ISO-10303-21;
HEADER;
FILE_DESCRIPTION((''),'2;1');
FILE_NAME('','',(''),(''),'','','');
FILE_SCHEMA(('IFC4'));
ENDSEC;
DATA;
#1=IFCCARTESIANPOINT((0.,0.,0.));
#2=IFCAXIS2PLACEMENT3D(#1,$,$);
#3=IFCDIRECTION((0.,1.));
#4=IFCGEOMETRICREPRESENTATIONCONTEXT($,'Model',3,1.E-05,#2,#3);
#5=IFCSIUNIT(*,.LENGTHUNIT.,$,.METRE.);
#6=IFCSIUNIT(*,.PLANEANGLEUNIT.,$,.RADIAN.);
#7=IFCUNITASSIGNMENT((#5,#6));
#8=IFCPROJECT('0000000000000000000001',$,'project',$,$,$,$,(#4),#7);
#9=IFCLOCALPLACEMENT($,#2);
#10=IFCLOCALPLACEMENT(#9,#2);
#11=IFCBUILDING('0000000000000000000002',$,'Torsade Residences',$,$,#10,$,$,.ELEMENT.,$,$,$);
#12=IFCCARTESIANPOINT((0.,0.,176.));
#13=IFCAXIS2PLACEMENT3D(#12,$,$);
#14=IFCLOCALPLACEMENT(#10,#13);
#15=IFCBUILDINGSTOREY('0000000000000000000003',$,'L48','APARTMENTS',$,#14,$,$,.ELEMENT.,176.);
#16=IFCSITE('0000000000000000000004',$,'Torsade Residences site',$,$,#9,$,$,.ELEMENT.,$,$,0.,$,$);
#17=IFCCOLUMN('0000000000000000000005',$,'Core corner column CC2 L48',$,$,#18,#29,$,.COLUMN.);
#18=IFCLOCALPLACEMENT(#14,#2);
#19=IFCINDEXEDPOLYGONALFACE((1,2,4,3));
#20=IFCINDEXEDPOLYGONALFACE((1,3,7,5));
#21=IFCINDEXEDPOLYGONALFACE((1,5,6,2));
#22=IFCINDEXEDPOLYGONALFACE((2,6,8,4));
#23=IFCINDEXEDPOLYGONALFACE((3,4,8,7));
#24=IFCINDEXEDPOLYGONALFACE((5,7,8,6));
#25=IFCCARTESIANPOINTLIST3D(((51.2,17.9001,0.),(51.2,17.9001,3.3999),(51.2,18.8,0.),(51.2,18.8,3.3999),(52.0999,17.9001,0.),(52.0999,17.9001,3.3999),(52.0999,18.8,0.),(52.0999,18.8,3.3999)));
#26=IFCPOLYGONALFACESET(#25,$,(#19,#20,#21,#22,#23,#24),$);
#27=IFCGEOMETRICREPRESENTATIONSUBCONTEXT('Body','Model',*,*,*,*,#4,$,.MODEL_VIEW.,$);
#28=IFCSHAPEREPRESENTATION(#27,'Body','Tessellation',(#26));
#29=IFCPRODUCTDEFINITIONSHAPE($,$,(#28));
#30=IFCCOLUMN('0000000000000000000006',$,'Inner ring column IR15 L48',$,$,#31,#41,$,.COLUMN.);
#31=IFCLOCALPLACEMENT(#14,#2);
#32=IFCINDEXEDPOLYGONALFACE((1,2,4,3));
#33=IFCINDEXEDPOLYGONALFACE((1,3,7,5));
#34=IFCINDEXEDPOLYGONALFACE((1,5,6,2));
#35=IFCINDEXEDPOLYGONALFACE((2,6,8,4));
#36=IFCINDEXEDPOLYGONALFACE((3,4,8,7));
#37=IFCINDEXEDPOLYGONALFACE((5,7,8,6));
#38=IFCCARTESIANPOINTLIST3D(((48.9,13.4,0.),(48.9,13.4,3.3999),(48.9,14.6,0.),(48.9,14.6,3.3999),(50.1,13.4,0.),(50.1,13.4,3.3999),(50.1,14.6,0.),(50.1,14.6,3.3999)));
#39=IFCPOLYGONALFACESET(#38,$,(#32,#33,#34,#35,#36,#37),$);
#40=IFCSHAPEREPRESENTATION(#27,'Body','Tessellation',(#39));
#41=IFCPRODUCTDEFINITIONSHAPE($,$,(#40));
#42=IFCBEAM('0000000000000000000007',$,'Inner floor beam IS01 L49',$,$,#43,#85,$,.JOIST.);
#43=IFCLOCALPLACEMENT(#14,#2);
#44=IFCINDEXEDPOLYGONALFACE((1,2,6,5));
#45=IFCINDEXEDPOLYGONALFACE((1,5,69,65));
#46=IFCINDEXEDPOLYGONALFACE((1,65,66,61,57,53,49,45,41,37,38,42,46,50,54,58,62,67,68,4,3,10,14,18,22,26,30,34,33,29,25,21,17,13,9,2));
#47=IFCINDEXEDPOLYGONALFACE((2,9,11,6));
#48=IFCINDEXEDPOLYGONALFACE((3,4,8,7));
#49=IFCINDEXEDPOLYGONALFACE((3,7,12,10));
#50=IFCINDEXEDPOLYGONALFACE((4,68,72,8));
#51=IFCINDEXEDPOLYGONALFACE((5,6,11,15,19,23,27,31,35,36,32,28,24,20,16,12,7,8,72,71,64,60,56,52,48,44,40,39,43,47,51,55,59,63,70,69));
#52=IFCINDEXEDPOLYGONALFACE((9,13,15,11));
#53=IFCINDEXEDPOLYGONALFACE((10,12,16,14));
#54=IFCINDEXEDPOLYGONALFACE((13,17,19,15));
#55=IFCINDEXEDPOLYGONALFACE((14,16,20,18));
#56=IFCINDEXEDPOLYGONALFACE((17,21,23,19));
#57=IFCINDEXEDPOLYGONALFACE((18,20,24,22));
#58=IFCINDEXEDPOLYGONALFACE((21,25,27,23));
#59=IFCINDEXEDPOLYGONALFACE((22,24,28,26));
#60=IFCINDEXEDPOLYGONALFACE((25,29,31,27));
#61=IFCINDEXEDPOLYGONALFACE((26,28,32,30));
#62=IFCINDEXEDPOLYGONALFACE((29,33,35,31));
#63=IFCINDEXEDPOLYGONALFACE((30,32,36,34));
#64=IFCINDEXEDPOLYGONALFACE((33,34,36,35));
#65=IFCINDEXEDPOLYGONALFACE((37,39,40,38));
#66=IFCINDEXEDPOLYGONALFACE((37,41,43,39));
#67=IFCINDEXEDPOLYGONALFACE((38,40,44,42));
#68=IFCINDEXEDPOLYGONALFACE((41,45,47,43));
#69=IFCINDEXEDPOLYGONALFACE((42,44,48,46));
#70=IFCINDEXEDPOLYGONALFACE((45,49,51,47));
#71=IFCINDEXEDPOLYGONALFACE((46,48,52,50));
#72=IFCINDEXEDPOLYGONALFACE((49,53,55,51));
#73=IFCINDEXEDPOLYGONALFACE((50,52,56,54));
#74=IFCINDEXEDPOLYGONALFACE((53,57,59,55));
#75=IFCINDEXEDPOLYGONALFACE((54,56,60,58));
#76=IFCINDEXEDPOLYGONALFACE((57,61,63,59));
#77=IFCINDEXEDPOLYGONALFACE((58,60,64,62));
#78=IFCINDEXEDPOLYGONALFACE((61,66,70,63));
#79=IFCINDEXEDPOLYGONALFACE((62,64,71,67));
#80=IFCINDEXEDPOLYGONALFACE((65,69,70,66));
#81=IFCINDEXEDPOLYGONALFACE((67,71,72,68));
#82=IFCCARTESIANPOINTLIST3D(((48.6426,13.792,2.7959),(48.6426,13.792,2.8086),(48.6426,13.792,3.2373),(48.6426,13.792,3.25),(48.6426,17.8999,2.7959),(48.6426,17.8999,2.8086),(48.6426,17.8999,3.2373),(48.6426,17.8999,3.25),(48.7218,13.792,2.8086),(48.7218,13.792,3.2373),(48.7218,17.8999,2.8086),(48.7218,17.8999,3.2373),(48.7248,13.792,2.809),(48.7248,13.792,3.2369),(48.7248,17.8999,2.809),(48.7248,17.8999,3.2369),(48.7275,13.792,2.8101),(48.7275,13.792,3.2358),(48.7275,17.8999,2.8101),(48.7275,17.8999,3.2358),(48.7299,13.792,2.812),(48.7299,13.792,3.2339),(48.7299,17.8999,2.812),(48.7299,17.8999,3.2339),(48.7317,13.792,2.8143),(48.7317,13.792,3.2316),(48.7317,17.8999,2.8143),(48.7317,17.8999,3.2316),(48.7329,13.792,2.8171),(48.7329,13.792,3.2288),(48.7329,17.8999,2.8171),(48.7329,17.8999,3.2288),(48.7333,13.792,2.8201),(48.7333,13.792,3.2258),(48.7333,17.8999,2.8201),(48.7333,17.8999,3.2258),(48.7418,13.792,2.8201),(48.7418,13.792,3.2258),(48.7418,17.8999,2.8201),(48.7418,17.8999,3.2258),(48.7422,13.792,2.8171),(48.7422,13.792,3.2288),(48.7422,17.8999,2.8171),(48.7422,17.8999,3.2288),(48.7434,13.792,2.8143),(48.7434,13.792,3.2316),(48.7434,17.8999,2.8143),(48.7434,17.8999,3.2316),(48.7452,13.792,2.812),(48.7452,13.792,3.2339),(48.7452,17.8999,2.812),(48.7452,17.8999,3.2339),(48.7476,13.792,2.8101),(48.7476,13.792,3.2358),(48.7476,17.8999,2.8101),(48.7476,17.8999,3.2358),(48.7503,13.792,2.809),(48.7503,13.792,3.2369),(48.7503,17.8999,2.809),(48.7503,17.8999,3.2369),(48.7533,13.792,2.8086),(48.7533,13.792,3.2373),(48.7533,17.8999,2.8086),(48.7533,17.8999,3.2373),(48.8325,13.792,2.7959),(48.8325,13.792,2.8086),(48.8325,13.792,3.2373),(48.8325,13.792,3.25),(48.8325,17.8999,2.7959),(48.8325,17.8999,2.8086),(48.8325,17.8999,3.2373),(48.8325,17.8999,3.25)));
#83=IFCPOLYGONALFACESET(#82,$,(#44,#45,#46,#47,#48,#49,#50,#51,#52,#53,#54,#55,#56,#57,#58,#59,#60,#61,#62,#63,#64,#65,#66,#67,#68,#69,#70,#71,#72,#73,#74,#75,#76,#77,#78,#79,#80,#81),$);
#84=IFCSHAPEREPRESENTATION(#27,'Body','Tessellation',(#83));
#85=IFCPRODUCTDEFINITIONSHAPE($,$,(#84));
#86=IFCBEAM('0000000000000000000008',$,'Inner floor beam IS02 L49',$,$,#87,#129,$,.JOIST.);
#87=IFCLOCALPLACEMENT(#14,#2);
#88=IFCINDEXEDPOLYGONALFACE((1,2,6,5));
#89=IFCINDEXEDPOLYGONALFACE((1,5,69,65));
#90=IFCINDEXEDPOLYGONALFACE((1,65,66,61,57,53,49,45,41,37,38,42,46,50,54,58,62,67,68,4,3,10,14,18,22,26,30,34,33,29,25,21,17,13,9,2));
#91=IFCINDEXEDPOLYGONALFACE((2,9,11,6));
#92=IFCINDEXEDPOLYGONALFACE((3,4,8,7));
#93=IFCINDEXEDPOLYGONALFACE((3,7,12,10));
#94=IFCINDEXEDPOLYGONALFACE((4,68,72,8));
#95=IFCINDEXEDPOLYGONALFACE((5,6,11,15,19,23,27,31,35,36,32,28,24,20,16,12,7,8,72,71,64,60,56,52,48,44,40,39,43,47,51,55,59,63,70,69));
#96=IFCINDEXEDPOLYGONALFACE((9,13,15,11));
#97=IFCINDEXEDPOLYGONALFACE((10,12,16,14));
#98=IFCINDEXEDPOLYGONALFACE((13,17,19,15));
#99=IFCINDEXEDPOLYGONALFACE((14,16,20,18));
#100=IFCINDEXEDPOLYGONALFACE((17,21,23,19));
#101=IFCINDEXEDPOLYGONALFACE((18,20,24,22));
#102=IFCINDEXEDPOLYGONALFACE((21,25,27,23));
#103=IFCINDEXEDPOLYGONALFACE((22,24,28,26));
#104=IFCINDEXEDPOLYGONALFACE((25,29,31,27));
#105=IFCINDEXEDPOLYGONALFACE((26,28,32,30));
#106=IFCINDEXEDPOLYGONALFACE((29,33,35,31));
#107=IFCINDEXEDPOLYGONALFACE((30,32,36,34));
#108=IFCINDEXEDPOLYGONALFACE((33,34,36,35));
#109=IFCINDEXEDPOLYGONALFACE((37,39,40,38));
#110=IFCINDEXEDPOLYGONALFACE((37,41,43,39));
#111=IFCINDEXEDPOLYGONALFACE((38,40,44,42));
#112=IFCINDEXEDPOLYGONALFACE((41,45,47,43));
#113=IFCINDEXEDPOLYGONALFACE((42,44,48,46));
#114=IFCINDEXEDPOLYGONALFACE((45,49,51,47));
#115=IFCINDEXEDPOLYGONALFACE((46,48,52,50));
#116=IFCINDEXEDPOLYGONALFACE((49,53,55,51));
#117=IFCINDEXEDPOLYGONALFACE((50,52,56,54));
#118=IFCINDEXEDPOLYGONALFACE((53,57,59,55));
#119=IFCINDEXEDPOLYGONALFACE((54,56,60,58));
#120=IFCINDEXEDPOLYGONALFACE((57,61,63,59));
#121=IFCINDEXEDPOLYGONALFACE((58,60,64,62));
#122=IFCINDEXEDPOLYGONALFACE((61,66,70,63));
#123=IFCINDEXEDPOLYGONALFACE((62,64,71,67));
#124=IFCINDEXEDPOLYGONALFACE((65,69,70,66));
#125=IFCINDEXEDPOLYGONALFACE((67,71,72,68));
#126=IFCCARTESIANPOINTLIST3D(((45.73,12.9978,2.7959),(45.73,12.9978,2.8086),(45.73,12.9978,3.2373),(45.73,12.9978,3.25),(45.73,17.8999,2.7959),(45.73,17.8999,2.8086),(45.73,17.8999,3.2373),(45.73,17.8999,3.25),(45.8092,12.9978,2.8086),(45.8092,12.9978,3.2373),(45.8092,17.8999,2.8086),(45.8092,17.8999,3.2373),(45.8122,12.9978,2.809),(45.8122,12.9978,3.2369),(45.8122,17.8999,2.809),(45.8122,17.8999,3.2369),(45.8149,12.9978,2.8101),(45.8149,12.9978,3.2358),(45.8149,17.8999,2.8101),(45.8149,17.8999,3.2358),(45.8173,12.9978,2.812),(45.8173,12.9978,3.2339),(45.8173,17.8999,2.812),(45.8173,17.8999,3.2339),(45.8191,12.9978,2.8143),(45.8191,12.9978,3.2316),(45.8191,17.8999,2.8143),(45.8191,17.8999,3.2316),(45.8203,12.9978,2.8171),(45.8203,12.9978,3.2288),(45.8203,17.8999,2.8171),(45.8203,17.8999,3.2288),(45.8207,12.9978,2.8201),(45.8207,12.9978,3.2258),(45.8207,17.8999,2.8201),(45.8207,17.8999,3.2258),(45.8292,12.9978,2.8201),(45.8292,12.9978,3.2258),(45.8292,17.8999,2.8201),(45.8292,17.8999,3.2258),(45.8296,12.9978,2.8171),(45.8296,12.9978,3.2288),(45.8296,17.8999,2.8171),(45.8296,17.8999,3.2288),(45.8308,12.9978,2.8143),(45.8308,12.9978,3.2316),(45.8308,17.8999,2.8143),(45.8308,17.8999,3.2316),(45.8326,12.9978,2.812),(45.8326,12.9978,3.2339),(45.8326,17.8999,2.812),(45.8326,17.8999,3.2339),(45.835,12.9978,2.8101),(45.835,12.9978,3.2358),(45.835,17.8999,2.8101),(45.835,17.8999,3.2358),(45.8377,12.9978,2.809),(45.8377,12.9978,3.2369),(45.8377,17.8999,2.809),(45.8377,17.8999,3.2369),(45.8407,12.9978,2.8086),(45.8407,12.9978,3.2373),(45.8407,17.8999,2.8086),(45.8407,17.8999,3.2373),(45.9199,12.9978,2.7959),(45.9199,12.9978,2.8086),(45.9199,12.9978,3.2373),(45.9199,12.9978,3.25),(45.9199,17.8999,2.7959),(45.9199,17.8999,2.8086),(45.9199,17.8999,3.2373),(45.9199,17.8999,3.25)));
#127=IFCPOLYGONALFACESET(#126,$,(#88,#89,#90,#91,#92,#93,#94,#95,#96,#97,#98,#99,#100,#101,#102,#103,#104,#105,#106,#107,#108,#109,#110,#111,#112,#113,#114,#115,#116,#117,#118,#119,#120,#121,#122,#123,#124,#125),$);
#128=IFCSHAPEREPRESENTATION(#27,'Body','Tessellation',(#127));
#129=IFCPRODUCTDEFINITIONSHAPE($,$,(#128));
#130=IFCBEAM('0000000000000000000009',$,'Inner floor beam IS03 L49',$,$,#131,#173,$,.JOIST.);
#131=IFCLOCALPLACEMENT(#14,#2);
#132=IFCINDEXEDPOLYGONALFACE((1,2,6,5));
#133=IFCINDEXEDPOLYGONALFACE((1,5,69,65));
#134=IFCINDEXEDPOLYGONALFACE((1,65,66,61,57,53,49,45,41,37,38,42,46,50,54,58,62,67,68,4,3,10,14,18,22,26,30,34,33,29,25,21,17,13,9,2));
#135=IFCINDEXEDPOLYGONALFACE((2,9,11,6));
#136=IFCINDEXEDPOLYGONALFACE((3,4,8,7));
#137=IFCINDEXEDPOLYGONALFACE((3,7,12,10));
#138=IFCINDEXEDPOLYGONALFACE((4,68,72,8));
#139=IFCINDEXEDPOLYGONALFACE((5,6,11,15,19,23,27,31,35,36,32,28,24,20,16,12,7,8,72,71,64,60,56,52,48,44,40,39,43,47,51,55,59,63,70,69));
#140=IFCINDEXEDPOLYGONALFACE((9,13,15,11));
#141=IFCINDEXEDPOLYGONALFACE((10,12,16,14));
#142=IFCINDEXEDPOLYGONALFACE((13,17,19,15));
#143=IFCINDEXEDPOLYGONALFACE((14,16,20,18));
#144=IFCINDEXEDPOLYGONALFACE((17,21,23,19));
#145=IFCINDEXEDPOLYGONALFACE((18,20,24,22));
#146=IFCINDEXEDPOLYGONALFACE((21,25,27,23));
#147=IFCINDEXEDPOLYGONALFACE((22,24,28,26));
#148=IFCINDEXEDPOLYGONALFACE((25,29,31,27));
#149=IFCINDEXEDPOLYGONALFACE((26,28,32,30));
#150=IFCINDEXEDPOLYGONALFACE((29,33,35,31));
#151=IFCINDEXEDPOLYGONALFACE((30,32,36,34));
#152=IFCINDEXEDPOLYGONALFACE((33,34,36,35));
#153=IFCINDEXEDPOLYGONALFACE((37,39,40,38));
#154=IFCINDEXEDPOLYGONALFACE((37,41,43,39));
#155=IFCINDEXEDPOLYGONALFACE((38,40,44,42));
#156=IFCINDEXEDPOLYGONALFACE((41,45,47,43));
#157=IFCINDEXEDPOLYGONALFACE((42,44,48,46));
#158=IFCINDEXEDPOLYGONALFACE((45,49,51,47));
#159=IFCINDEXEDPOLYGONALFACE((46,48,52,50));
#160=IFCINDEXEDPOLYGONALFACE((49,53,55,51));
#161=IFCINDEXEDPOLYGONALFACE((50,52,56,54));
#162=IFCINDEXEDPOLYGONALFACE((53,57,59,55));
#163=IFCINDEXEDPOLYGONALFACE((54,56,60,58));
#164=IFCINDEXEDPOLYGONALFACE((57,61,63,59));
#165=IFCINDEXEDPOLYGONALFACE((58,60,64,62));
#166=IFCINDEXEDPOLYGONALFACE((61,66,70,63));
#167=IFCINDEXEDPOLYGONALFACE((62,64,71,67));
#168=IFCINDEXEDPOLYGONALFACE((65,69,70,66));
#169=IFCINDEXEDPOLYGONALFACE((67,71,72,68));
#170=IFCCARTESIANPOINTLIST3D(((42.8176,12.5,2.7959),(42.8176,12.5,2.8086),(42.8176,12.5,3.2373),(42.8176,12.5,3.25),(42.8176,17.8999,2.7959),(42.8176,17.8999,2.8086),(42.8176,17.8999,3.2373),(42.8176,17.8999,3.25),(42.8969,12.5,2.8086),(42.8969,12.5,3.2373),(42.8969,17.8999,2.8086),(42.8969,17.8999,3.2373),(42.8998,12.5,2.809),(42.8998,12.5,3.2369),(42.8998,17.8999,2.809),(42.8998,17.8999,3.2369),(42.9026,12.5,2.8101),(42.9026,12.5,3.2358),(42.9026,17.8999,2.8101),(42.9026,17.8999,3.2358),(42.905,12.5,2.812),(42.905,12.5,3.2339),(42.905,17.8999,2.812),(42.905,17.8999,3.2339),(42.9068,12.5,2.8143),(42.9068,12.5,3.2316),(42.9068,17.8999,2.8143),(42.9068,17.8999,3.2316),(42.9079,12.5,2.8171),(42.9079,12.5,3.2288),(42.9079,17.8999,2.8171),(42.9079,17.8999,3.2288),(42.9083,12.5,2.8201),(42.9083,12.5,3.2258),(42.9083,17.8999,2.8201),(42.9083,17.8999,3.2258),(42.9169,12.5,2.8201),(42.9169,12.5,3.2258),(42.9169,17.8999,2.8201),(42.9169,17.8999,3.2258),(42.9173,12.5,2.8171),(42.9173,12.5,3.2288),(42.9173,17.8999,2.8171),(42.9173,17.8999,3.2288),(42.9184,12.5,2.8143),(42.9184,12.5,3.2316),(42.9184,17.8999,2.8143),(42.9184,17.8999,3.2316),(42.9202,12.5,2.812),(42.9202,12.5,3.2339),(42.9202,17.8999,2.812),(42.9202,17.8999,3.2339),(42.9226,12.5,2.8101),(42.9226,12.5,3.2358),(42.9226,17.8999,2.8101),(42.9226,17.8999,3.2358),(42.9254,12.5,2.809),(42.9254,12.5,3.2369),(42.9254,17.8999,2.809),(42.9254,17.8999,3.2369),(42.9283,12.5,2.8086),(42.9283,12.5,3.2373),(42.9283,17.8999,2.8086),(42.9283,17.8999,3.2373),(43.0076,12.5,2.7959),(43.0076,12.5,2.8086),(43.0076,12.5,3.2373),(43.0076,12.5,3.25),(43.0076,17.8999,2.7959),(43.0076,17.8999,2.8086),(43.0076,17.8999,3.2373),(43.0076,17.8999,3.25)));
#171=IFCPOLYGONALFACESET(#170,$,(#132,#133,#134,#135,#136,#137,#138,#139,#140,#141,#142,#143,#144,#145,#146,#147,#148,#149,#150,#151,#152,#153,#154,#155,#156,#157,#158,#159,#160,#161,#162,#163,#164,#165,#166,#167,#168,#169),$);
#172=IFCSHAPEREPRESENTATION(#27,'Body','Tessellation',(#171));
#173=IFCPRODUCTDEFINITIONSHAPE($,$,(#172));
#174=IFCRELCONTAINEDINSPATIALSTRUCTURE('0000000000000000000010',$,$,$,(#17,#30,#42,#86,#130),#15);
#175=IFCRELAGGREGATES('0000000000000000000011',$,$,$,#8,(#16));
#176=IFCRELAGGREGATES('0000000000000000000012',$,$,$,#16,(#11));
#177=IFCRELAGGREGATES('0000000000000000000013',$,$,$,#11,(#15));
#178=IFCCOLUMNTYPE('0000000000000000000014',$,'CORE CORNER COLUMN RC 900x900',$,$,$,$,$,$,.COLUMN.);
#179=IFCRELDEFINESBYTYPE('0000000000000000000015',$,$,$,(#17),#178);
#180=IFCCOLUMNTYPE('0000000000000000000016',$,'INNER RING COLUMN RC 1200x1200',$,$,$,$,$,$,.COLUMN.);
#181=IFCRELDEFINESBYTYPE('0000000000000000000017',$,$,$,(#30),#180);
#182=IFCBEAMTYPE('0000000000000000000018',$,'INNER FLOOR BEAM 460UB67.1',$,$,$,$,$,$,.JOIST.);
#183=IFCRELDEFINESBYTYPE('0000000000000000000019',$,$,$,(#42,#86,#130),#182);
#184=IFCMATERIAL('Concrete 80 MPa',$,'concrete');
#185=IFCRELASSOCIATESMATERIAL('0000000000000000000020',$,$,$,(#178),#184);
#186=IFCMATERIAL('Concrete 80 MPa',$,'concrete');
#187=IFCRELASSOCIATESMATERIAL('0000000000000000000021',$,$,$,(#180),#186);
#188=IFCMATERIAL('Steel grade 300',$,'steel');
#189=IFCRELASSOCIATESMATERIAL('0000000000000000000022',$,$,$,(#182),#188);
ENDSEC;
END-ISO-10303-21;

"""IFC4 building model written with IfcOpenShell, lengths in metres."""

from ifc_helpers import new_model, si_unit, direction, frame, origin, origin_2d, place, context, subcontext, project, spatial, rectangle, i_section, extrude, material, material_profile, profile_set, type_object, element, save


model = new_model("IFC4")

# Units and contexts
model_context = context("Model", 3, precision=1e-05, world=origin(), true_north=direction((0.0, 1.0)))
body_context = subcontext(model_context, "Body", "Model", "MODEL_VIEW")
ifc_project = project(units=[si_unit("LENGTHUNIT", "METRE"), si_unit("PLANEANGLEUNIT", "RADIAN")], contexts=[model_context])

# Site, building, storey
site_placement = place(None, origin())
site = spatial("IfcSite", under=ifc_project, at=site_placement, Name="Torsade Residences site", CompositionType="ELEMENT", RefElevation=0.0)
building_placement = place(site_placement, origin())
building = spatial("IfcBuilding", under=site, at=building_placement, Name="Torsade Residences", CompositionType="ELEMENT")
storey_placement = place(building_placement, frame((0.0, 0.0, 176.0)))
storey = spatial("IfcBuildingStorey", under=building, at=storey_placement, Name="L48", Description="APARTMENTS", CompositionType="ELEMENT", Elevation=176.0)

# Columns
ifc_material_1 = material(Name="Concrete 80 MPa", Category="concrete")
ifc_material_profile_1 = material_profile(ifc_material_1, rectangle(XDim=0.8999, YDim=0.8999, at=origin_2d()), Name="RC 900x900")
ifc_profile_set_1 = profile_set([ifc_material_profile_1], Name="Concrete 80 MPa")
column_type_1 = type_object("IfcColumnType", Name="CORE CORNER COLUMN RC 900x900", PredefinedType="COLUMN", material=ifc_profile_set_1)
column_1_placement = place(storey_placement, frame((51.6499, 18.3501, 0.0), z_axis=(0.0, 0.0, 1.0), x_axis=(1.0, 0.0, 0.0)))
element("IfcColumn", 1, at=column_1_placement, inside=storey, type_object=column_type_1, Name="Core corner column CC2 L48", PredefinedType="COLUMN", context=body_context, shape_type="SweptSolid", body=[
    extrude(rectangle(XDim=0.8999, YDim=0.8999, at=origin_2d()), origin(), (0.0, 0.0, 1.0), 3.3999),
])
ifc_material_2 = material(Name="Concrete 80 MPa", Category="concrete")
ifc_material_profile_2 = material_profile(ifc_material_2, rectangle(XDim=1.2, YDim=1.2, at=origin_2d()), Name="RC 1200x1200")
ifc_profile_set_2 = profile_set([ifc_material_profile_2], Name="Concrete 80 MPa")
column_type_2 = type_object("IfcColumnType", Name="INNER RING COLUMN RC 1200x1200", PredefinedType="COLUMN", material=ifc_profile_set_2)
column_2_placement = place(storey_placement, frame((49.5, 14.0, 0.0), z_axis=(0.0, 0.0, 1.0), x_axis=(1.0, 0.0, 0.0)))
element("IfcColumn", 2, at=column_2_placement, inside=storey, type_object=column_type_2, Name="Inner ring column IR15 L48", PredefinedType="COLUMN", context=body_context, shape_type="SweptSolid", body=[
    extrude(rectangle(XDim=1.2, YDim=1.2, at=origin_2d()), origin(), (0.0, 0.0, 1.0), 3.3999),
])

# Beams
ifc_material_3 = material(Name="Steel grade 300", Category="steel")
ifc_material_profile_3 = material_profile(ifc_material_3, i_section(OverallWidth=0.1899, OverallDepth=0.4541, WebThickness=0.0085, FlangeThickness=0.0127, FilletRadius=0.0115, at=origin_2d()), Name="460UB67.1")
ifc_profile_set_3 = profile_set([ifc_material_profile_3], Name="Steel grade 300")
beam_type_1 = type_object("IfcBeamType", Name="INNER FLOOR BEAM 460UB67.1", PredefinedType="JOIST", material=ifc_profile_set_3)
beam_1_placement = place(storey_placement, frame((48.7375, 17.8999, 3.0229), z_axis=(0.0, -1.0, 0.0), x_axis=(1.0, 0.0, 0.0)))
element("IfcBeam", 3, at=beam_1_placement, inside=storey, type_object=beam_type_1, Name="Inner floor beam IS01 L49", PredefinedType="JOIST", context=body_context, shape_type="SweptSolid", body=[
    extrude(i_section(OverallWidth=0.1899, OverallDepth=0.4541, WebThickness=0.0085, FlangeThickness=0.0127, FilletRadius=0.0115, at=origin_2d()), origin(), (0.0, 0.0, 1.0), 4.1079),
])
beam_2_placement = place(storey_placement, frame((45.825, 17.8999, 3.0229), z_axis=(0.0, -1.0, 0.0), x_axis=(1.0, 0.0, 0.0)))
element("IfcBeam", 4, at=beam_2_placement, inside=storey, type_object=beam_type_1, Name="Inner floor beam IS02 L49", PredefinedType="JOIST", context=body_context, shape_type="SweptSolid", body=[
    extrude(i_section(OverallWidth=0.1899, OverallDepth=0.4541, WebThickness=0.0085, FlangeThickness=0.0127, FilletRadius=0.0115, at=origin_2d()), origin(), (0.0, 0.0, 1.0), 4.9021),
])
for number, where, z_axis, x_axis, name in (
    (5, (42.9126, 17.8999, 3.0229), (0.0, -1.0, 0.0), (1.0, 0.0, 0.0), "Inner floor beam IS03 L49"),
):
    element("IfcBeam", number, at=place(storey_placement, frame(where, z_axis=z_axis, x_axis=x_axis)), inside=storey, type_object=beam_type_1, Name=name, PredefinedType="JOIST", context=body_context, shape_type="SweptSolid", body=[
        extrude(i_section(OverallWidth=0.1899, OverallDepth=0.4541, WebThickness=0.0085, FlangeThickness=0.0127, FilletRadius=0.0115, at=origin_2d()), origin(), (0.0, 0.0, 1.0), 5.3999),
    ])

save(model, "model.ifc")
